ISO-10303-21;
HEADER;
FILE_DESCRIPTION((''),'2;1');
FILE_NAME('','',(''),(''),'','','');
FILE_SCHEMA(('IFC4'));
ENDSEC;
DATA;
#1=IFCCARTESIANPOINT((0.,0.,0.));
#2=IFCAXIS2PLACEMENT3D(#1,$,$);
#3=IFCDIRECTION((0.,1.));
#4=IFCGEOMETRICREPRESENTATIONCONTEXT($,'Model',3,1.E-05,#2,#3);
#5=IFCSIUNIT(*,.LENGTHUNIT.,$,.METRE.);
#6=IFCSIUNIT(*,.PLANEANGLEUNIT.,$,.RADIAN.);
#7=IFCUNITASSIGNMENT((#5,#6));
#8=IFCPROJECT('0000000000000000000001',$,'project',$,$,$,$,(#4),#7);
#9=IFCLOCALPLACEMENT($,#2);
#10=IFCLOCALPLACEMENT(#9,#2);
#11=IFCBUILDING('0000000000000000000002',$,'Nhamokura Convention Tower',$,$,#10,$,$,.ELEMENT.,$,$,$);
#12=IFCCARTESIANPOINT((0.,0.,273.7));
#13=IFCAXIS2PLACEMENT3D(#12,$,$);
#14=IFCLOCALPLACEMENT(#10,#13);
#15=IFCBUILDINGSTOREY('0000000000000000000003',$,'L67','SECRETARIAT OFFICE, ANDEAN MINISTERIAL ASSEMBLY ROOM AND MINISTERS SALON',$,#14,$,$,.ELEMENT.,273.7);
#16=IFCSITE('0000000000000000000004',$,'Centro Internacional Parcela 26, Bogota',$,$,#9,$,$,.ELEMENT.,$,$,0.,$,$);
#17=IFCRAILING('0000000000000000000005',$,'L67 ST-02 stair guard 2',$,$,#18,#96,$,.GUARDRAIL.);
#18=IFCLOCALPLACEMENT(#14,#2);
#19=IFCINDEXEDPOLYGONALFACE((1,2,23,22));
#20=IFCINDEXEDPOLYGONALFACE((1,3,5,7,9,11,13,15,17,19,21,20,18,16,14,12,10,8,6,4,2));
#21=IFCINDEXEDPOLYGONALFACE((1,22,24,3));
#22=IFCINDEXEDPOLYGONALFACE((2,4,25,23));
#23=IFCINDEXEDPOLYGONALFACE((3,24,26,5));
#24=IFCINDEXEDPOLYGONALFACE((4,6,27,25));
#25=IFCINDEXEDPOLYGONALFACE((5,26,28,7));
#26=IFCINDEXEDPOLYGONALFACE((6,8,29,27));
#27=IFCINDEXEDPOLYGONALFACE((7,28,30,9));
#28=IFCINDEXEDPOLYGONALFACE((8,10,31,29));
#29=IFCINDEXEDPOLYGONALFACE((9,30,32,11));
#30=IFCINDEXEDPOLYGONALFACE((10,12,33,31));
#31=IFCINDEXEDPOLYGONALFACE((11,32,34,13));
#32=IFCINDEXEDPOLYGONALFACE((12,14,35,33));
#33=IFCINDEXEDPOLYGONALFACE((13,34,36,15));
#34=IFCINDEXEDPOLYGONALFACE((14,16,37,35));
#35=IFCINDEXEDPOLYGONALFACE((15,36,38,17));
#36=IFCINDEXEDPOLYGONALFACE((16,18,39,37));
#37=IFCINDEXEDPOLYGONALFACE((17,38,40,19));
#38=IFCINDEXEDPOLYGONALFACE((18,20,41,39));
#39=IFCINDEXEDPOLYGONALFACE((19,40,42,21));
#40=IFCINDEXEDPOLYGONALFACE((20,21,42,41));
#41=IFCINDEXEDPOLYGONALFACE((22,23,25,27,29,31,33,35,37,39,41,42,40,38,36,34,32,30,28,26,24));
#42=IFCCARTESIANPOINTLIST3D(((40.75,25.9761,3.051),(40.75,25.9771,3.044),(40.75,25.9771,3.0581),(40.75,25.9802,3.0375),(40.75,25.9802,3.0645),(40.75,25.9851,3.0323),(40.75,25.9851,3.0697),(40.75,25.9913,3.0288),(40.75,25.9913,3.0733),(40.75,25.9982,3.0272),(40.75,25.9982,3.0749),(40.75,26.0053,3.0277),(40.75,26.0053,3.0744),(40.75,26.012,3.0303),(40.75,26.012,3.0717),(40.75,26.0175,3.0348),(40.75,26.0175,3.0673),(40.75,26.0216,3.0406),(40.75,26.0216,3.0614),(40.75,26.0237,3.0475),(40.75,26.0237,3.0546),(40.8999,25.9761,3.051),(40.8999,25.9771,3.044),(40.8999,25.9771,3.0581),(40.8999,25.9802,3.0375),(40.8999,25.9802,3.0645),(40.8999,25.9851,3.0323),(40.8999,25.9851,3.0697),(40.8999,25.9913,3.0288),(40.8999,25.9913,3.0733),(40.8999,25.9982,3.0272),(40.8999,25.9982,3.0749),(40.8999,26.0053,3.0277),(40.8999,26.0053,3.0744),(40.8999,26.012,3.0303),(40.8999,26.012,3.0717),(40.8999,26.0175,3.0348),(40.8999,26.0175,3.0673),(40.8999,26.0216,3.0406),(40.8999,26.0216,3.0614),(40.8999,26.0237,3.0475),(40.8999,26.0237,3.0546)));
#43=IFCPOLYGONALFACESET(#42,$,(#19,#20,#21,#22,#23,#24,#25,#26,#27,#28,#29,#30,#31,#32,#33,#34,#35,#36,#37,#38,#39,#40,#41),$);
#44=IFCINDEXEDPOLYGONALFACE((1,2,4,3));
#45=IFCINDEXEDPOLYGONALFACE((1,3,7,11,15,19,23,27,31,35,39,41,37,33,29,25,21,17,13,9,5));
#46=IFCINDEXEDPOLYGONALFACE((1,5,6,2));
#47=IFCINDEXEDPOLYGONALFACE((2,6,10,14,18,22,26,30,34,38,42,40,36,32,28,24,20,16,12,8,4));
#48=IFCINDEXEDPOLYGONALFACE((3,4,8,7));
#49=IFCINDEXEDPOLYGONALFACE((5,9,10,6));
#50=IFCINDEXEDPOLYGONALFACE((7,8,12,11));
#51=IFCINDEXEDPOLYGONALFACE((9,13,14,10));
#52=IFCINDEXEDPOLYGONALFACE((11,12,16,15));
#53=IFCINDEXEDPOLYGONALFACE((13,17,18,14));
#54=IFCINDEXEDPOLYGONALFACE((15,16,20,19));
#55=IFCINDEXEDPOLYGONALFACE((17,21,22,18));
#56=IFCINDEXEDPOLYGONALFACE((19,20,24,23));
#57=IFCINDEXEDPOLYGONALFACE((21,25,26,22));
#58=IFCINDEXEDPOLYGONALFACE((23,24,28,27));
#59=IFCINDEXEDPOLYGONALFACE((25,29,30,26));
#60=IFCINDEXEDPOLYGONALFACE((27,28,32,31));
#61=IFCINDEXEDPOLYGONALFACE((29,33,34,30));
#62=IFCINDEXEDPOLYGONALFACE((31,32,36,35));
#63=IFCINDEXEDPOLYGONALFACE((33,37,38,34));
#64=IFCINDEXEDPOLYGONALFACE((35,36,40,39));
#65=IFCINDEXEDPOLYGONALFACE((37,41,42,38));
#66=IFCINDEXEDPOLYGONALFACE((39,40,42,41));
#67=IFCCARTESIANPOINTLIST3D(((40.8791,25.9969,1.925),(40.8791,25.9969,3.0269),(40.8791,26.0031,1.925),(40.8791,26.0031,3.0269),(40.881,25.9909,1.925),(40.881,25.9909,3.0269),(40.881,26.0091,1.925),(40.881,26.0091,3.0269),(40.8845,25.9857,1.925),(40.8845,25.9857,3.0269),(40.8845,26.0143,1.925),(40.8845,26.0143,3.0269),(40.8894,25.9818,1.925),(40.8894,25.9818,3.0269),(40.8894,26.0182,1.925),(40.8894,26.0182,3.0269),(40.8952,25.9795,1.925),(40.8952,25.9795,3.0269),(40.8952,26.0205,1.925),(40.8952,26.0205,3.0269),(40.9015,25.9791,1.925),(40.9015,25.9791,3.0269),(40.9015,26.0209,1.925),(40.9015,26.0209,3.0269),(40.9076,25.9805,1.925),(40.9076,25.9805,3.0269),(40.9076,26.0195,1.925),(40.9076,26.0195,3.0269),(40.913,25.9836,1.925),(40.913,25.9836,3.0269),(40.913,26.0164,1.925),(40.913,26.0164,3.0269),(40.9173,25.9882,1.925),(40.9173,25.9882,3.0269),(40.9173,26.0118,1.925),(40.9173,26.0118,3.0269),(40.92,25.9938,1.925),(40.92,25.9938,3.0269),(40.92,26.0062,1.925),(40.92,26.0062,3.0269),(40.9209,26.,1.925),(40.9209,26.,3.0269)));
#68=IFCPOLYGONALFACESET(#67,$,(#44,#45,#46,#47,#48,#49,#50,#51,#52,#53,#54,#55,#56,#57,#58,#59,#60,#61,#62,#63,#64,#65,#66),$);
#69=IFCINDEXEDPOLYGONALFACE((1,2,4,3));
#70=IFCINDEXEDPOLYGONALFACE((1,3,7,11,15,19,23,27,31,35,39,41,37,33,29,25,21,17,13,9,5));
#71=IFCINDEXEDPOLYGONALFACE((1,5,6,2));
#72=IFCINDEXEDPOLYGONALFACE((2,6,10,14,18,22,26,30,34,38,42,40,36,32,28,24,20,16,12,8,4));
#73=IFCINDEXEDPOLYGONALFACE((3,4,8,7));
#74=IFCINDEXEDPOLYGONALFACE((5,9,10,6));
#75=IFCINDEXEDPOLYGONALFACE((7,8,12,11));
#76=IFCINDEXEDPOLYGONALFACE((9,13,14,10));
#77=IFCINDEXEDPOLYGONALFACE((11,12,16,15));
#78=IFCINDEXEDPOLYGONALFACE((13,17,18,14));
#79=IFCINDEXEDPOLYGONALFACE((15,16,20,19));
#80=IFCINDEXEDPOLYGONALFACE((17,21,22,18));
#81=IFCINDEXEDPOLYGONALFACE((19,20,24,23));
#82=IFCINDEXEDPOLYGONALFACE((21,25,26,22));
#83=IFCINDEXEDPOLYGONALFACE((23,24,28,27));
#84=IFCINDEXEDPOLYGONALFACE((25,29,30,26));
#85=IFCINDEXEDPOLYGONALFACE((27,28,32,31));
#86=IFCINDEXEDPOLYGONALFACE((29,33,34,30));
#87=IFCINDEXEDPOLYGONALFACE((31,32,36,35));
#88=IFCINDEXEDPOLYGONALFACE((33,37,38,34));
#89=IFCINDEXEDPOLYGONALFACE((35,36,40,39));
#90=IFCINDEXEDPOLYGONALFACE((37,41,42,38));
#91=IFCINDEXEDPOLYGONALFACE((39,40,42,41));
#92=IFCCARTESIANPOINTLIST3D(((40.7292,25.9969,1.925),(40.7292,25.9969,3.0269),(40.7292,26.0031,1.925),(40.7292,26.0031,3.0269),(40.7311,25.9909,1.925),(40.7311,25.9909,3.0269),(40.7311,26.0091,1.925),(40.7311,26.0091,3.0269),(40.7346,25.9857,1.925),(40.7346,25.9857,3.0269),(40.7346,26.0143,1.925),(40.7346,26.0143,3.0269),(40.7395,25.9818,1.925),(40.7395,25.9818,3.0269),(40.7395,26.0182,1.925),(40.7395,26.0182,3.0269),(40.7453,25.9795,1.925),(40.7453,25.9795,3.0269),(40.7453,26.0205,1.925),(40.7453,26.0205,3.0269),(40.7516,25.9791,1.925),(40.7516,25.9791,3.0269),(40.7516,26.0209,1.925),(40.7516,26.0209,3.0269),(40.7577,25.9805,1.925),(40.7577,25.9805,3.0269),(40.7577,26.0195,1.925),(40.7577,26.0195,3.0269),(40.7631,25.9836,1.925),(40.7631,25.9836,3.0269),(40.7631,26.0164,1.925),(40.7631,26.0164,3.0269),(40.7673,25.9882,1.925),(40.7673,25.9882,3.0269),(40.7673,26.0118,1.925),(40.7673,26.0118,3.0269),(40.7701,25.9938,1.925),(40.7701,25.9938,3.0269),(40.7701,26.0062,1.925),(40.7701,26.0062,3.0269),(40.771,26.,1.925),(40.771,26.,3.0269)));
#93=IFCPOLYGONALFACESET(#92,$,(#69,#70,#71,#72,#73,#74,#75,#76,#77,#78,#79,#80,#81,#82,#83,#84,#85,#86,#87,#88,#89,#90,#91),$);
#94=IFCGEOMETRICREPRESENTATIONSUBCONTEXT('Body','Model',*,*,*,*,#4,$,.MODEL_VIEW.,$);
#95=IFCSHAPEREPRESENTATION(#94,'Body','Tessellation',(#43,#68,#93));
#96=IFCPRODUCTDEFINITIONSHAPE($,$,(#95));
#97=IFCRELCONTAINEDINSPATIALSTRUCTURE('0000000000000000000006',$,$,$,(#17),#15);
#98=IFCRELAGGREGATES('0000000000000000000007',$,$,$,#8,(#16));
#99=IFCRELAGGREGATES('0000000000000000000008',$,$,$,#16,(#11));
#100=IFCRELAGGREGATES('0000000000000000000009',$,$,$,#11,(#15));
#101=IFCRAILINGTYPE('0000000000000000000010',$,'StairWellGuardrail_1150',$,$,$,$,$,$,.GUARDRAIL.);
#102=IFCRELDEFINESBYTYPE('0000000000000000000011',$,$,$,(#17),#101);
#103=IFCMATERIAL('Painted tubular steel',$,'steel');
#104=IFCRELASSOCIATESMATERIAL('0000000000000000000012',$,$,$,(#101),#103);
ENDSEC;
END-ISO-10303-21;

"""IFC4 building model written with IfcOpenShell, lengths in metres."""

from ifc_helpers import new_model, si_unit, direction, frame, origin, origin_2d, place, context, subcontext, project, spatial, circle, extrude, material, type_object, element, save


model = new_model("IFC4")

# Units and contexts
model_context = context("Model", 3, precision=1e-05, world=origin(), true_north=direction((0.0, 1.0)))
body_context = subcontext(model_context, "Body", "Model", "MODEL_VIEW")
ifc_project = project(units=[si_unit("LENGTHUNIT", "METRE"), si_unit("PLANEANGLEUNIT", "RADIAN")], contexts=[model_context])

# Site, building, storey
site_placement = place(None, origin())
site = spatial("IfcSite", under=ifc_project, at=site_placement, Name="Centro Internacional Parcela 26, Bogota", CompositionType="ELEMENT", RefElevation=0.0)
building_placement = place(site_placement, origin())
building = spatial("IfcBuilding", under=site, at=building_placement, Name="Nhamokura Convention Tower", CompositionType="ELEMENT")
storey_placement = place(building_placement, frame((0.0, 0.0, 273.7)))
storey = spatial("IfcBuildingStorey", under=building, at=storey_placement, Name="L67", Description="SECRETARIAT OFFICE, ANDEAN MINISTERIAL ASSEMBLY ROOM AND MINISTERS SALON", CompositionType="ELEMENT", Elevation=273.7)

# Railing
ifc_material_1 = material(Name="Painted tubular steel", Category="steel")
railing_type_1 = type_object("IfcRailingType", Name="StairWellGuardrail_1150", PredefinedType="GUARDRAIL", material=ifc_material_1)
railing_1_placement = place(storey_placement, frame((40.8999, 26.0, 1.925)))
element("IfcRailing", 1, at=railing_1_placement, inside=storey, type_object=railing_type_1, Name="L67 ST-02 stair guard 2", PredefinedType="GUARDRAIL", context=body_context, shape_type="SweptSolid", body=[
    extrude(circle(Radius=0.0239, at=origin_2d()), frame((0.0, 0.0, 1.126), z_axis=(-1.0, 0.0, 0.0), x_axis=(0.0, -1.0, 0.0)), (0.0, 0.0, 1.0), 0.1499),
    extrude(circle(Radius=0.021, at=origin_2d()), origin(), (0.0, 0.0, 1.0), 1.1018),
    extrude(circle(Radius=0.021, at=origin_2d()), frame((-0.1499, 0.0, 0.0)), (0.0, 0.0, 1.0), 1.1018),
])

save(model, "model.ifc")
